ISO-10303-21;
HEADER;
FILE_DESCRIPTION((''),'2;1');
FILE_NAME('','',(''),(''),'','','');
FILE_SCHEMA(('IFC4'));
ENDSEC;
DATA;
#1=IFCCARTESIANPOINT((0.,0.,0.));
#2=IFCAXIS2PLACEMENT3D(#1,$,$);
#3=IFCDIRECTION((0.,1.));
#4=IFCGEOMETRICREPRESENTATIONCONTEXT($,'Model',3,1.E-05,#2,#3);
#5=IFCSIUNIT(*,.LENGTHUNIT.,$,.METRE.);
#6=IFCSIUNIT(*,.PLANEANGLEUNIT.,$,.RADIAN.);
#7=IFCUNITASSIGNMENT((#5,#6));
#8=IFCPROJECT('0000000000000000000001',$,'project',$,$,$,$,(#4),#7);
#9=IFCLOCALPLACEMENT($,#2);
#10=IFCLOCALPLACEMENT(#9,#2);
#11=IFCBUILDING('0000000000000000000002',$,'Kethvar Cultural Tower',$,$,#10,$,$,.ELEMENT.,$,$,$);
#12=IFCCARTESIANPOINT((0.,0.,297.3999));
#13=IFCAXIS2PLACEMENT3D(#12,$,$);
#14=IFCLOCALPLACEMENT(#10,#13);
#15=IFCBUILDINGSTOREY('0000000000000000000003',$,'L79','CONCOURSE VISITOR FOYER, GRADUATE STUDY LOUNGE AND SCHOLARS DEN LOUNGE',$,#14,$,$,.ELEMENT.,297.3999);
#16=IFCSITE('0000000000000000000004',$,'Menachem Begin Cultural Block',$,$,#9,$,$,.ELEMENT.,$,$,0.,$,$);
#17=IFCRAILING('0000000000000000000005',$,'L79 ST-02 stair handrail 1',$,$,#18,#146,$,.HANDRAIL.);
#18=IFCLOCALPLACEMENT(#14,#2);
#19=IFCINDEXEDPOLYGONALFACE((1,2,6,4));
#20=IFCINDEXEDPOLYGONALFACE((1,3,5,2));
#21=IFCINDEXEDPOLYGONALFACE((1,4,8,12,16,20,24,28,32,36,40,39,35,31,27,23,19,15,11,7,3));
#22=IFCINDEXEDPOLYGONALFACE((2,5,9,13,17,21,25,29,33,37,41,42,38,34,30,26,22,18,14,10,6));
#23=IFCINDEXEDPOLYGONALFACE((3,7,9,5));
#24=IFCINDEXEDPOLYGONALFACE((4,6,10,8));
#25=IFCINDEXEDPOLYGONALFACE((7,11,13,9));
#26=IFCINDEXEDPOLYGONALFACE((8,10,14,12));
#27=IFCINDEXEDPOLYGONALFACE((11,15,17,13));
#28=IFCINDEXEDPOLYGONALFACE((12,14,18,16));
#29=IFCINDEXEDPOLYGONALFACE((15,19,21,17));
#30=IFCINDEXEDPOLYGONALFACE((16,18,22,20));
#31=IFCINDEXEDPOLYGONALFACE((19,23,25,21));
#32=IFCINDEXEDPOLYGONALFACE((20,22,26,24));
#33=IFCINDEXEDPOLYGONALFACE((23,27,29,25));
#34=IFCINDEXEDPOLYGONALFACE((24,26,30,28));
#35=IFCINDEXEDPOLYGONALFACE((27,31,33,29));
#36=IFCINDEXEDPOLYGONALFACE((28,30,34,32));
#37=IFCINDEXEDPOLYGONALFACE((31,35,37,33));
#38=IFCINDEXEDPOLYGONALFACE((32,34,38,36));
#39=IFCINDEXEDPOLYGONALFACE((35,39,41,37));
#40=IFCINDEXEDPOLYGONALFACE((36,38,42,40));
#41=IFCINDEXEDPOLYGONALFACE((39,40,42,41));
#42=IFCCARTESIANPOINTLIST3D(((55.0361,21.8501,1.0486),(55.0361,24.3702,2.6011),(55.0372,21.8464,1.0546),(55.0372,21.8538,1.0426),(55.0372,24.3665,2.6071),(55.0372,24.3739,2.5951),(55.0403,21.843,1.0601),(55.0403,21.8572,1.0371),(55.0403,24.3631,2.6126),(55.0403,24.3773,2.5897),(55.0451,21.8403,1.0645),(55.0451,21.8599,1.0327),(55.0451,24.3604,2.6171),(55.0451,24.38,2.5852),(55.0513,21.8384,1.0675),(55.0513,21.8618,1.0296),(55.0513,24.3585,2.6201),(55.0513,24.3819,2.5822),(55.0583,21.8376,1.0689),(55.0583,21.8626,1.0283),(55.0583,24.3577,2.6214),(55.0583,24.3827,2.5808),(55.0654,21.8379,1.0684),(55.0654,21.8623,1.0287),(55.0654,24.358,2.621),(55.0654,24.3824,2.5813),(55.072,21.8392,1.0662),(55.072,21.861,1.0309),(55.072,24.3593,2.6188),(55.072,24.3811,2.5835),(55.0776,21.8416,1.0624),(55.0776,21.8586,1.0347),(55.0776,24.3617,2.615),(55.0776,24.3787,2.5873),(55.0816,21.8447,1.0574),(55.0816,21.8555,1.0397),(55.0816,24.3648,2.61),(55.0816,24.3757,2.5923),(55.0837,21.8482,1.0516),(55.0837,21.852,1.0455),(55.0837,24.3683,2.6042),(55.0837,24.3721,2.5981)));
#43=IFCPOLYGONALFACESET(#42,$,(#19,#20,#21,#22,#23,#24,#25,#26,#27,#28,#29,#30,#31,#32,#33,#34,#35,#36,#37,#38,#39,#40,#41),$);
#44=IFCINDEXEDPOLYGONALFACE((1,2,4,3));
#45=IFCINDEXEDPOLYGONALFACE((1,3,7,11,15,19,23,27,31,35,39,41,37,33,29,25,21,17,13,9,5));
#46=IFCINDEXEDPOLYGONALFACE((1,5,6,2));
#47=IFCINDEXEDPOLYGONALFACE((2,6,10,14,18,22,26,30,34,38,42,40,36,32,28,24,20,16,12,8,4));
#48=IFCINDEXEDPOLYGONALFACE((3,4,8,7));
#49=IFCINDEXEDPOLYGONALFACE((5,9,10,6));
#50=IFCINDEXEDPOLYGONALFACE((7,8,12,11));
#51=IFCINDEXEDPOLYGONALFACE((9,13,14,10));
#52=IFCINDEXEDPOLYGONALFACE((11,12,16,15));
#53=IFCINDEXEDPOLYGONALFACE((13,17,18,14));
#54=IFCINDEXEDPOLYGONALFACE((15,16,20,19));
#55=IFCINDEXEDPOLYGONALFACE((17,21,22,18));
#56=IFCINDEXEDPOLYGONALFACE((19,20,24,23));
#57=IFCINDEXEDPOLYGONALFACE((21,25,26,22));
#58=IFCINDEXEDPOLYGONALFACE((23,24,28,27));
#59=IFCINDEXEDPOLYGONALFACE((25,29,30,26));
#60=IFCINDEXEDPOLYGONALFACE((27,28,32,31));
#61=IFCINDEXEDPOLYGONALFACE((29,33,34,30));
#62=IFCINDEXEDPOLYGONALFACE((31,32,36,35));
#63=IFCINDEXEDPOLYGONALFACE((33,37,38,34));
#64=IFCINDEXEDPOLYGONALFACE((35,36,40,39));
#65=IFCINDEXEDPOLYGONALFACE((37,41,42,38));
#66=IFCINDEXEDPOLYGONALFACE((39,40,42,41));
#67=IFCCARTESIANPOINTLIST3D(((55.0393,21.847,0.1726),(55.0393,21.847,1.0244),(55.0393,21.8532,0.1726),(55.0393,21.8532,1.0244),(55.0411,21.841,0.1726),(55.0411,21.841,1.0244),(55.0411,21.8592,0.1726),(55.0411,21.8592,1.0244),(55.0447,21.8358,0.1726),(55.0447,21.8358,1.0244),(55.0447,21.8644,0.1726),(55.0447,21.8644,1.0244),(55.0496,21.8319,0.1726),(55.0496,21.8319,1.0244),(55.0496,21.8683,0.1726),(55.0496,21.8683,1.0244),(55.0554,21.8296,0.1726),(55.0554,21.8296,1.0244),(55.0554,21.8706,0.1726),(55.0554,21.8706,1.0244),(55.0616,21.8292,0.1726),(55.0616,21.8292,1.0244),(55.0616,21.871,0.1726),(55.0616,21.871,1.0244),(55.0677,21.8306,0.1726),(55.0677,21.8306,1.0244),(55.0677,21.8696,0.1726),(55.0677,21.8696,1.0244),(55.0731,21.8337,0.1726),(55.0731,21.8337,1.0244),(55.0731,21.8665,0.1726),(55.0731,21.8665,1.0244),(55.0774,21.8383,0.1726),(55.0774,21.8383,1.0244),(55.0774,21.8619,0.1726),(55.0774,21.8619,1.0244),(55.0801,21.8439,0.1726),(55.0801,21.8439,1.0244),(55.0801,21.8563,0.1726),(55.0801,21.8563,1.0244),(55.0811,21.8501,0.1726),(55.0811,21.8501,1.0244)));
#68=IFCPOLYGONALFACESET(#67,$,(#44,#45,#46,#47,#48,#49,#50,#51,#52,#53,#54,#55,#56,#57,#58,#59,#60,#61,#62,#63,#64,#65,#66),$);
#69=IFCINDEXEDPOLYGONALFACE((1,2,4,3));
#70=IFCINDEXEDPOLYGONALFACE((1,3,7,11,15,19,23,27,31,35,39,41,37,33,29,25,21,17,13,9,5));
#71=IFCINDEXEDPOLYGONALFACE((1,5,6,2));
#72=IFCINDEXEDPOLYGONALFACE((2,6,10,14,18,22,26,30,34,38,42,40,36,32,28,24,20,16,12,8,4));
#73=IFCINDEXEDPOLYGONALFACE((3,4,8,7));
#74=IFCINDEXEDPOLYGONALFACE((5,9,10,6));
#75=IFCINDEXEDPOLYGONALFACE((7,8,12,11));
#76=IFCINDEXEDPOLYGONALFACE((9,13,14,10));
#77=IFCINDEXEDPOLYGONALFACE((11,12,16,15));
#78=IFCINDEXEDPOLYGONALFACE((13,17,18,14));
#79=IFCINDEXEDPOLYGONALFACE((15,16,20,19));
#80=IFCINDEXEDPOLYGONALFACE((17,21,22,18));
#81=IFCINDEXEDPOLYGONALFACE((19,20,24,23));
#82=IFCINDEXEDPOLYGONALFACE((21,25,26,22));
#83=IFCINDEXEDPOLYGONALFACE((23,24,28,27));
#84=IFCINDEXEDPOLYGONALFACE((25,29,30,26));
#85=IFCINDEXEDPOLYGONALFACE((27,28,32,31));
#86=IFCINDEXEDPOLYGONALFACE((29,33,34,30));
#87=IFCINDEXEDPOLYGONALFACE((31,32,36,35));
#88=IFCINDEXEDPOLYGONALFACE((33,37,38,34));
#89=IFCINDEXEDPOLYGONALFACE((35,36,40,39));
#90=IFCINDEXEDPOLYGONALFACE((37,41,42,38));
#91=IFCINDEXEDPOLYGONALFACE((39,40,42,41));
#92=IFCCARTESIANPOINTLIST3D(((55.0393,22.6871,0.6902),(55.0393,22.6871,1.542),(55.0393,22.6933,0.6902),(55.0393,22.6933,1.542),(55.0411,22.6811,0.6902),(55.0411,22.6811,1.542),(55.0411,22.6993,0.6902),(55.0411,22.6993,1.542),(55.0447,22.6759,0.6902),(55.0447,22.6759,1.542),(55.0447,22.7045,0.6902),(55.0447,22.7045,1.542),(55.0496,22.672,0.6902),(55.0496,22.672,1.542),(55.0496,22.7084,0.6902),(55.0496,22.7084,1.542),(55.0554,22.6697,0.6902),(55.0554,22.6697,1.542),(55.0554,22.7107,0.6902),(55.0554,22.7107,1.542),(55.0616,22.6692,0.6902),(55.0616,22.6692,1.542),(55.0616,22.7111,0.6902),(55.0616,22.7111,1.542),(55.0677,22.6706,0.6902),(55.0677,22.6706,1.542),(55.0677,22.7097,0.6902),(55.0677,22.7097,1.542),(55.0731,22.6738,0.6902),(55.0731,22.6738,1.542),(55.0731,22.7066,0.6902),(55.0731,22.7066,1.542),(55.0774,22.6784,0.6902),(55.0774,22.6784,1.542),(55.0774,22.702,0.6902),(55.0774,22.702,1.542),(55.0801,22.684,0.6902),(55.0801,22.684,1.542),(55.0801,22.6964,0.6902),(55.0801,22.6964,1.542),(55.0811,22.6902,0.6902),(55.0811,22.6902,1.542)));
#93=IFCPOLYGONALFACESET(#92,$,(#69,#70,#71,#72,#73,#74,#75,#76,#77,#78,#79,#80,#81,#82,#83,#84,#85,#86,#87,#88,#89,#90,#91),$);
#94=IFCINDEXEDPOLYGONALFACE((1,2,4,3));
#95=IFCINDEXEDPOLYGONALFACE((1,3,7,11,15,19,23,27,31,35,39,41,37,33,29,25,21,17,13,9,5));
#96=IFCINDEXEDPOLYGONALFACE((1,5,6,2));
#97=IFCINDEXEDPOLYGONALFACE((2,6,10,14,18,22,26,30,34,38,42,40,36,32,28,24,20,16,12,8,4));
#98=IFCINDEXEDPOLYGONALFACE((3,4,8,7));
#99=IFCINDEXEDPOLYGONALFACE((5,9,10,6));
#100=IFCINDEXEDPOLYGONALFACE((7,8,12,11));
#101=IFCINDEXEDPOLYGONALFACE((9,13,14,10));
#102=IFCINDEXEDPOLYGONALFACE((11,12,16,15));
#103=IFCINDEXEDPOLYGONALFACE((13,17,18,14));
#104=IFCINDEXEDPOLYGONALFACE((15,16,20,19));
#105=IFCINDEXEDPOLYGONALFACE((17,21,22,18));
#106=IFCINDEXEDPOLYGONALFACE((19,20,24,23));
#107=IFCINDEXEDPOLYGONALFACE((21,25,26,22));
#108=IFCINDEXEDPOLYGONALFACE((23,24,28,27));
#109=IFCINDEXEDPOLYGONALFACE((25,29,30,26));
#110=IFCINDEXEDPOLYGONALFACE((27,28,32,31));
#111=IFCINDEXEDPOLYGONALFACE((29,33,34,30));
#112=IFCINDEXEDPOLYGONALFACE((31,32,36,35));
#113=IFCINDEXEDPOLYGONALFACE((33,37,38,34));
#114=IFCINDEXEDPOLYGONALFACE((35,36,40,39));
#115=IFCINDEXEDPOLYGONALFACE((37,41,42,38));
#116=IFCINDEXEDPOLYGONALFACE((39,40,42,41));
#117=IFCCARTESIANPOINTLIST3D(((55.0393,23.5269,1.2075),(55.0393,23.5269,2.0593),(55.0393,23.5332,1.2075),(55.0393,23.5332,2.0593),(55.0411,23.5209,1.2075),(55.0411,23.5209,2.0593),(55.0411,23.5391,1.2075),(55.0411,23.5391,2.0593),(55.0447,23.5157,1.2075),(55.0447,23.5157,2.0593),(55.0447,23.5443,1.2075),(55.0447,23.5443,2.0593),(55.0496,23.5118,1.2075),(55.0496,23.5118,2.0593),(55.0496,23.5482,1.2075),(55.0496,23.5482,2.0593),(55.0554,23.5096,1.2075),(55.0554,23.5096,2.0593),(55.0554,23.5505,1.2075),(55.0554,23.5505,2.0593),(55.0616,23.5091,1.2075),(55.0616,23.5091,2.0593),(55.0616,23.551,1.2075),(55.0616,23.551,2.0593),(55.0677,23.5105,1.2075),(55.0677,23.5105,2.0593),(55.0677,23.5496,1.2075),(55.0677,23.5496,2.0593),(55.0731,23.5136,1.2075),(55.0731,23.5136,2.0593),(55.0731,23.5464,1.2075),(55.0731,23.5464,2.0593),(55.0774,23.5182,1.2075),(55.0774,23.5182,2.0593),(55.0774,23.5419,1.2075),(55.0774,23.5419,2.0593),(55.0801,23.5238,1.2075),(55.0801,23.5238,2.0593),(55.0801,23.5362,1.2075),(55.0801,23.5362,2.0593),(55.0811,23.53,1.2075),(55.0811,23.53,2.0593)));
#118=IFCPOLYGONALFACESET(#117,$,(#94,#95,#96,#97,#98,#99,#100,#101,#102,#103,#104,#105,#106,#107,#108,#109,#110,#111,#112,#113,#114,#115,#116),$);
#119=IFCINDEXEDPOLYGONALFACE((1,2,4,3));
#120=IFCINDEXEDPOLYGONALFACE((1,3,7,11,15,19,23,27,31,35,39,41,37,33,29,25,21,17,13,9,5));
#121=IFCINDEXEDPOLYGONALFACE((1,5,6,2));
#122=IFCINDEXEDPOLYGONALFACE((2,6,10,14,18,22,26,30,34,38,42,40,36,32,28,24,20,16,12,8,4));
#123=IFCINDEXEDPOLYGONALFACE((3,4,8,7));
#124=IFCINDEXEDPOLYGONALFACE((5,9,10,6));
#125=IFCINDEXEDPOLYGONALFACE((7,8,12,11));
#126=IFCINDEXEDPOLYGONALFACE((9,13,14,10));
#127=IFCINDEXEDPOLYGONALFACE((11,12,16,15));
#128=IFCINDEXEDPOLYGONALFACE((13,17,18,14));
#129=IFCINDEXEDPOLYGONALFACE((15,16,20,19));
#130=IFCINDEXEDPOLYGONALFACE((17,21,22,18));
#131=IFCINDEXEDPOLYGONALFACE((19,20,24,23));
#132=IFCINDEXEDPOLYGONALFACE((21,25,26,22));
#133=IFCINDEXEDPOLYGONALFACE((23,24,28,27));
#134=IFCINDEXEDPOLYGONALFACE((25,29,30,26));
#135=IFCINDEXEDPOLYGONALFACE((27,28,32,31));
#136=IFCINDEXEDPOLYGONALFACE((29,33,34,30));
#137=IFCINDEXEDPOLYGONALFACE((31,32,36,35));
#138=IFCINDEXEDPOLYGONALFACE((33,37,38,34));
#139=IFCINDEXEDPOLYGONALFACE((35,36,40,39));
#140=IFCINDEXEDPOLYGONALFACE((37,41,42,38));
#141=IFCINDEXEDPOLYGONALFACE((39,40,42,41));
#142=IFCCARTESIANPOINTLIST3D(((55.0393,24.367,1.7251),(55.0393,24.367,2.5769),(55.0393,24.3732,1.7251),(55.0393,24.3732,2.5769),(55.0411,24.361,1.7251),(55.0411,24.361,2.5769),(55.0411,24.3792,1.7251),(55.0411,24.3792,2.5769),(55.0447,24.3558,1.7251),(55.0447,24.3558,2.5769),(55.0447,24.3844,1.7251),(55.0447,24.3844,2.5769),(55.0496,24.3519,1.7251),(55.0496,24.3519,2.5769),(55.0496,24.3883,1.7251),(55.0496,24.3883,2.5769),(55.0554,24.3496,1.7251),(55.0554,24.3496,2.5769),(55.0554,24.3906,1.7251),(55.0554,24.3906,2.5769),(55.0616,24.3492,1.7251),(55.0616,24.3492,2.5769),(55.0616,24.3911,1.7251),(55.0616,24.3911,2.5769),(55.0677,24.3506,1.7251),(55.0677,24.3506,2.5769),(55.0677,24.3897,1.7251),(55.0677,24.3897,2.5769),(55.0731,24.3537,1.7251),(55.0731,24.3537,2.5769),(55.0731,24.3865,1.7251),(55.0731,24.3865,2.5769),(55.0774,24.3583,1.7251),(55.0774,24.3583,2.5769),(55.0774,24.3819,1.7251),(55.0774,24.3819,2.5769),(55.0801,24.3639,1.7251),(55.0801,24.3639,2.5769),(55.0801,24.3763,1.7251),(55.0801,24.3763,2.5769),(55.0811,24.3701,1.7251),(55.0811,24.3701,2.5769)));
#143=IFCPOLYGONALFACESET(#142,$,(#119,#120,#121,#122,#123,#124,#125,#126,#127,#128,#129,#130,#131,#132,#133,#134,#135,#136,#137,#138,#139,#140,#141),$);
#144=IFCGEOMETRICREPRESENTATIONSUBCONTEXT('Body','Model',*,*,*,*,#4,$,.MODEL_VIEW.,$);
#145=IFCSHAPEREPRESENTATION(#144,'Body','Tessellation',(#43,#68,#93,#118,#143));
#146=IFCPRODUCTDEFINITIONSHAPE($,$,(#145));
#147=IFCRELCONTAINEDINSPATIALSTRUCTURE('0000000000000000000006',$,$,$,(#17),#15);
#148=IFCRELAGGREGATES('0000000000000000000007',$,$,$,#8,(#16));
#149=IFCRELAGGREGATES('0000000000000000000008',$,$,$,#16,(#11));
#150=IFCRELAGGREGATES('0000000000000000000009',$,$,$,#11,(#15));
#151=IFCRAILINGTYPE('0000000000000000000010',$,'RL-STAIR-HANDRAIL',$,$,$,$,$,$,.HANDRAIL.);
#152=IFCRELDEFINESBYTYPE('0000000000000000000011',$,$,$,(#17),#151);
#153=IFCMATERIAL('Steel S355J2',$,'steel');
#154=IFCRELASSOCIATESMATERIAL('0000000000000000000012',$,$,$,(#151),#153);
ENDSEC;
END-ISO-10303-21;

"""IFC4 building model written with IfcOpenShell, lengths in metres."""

from ifc_helpers import new_model, si_unit, direction, frame, origin, origin_2d, place, context, subcontext, project, spatial, circle, extrude, material, type_object, element, save


model = new_model("IFC4")

# Units and contexts
model_context = context("Model", 3, precision=1e-05, world=origin(), true_north=direction((0.0, 1.0)))
body_context = subcontext(model_context, "Body", "Model", "MODEL_VIEW")
ifc_project = project(units=[si_unit("LENGTHUNIT", "METRE"), si_unit("PLANEANGLEUNIT", "RADIAN")], contexts=[model_context])

# Site, building, storey
site_placement = place(None, origin())
site = spatial("IfcSite", under=ifc_project, at=site_placement, Name="Menachem Begin Cultural Block", CompositionType="ELEMENT", RefElevation=0.0)
building_placement = place(site_placement, origin())
building = spatial("IfcBuilding", under=site, at=building_placement, Name="Kethvar Cultural Tower", CompositionType="ELEMENT")
storey_placement = place(building_placement, frame((0.0, 0.0, 297.3999)))
storey = spatial("IfcBuildingStorey", under=building, at=storey_placement, Name="L79", Description="CONCOURSE VISITOR FOYER, GRADUATE STUDY LOUNGE AND SCHOLARS DEN LOUNGE", CompositionType="ELEMENT", Elevation=297.3999)

# Shared definitions
ifc_material_1 = material(Name="Steel S355J2", Category="steel")

# Railing
railing_type_1 = type_object("IfcRailingType", Name="RL-STAIR-HANDRAIL", PredefinedType="HANDRAIL", material=ifc_material_1)
railing_1_placement = place(storey_placement, frame((55.0601, 21.8501, 0.1726)))
element("IfcRailing", 1, at=railing_1_placement, inside=storey, type_object=railing_type_1, Name="L79 ST-02 stair handrail 1", PredefinedType="HANDRAIL", context=body_context, shape_type="SweptSolid", body=[
    extrude(circle(Radius=0.0239, at=origin_2d()), frame((0.0, 0.0, 0.876), z_axis=(0.0, 0.8514, 0.524516), x_axis=(-1.0, 0.0, 0.0)), (0.0, 0.0, 1.0), 2.96),
    extrude(circle(Radius=0.021, at=origin_2d()), origin(), (0.0, 0.0, 1.0), 0.8518),
    extrude(circle(Radius=0.021, at=origin_2d()), frame((0.0, 0.8401, 0.5176)), (0.0, 0.0, 1.0), 0.8518),
    extrude(circle(Radius=0.021, at=origin_2d()), frame((0.0, 1.6799, 1.0349)), (0.0, 0.0, 1.0), 0.8518),
    extrude(circle(Radius=0.021, at=origin_2d()), frame((0.0, 2.52, 1.5525)), (0.0, 0.0, 1.0), 0.8518),
])

save(model, "model.ifc")
